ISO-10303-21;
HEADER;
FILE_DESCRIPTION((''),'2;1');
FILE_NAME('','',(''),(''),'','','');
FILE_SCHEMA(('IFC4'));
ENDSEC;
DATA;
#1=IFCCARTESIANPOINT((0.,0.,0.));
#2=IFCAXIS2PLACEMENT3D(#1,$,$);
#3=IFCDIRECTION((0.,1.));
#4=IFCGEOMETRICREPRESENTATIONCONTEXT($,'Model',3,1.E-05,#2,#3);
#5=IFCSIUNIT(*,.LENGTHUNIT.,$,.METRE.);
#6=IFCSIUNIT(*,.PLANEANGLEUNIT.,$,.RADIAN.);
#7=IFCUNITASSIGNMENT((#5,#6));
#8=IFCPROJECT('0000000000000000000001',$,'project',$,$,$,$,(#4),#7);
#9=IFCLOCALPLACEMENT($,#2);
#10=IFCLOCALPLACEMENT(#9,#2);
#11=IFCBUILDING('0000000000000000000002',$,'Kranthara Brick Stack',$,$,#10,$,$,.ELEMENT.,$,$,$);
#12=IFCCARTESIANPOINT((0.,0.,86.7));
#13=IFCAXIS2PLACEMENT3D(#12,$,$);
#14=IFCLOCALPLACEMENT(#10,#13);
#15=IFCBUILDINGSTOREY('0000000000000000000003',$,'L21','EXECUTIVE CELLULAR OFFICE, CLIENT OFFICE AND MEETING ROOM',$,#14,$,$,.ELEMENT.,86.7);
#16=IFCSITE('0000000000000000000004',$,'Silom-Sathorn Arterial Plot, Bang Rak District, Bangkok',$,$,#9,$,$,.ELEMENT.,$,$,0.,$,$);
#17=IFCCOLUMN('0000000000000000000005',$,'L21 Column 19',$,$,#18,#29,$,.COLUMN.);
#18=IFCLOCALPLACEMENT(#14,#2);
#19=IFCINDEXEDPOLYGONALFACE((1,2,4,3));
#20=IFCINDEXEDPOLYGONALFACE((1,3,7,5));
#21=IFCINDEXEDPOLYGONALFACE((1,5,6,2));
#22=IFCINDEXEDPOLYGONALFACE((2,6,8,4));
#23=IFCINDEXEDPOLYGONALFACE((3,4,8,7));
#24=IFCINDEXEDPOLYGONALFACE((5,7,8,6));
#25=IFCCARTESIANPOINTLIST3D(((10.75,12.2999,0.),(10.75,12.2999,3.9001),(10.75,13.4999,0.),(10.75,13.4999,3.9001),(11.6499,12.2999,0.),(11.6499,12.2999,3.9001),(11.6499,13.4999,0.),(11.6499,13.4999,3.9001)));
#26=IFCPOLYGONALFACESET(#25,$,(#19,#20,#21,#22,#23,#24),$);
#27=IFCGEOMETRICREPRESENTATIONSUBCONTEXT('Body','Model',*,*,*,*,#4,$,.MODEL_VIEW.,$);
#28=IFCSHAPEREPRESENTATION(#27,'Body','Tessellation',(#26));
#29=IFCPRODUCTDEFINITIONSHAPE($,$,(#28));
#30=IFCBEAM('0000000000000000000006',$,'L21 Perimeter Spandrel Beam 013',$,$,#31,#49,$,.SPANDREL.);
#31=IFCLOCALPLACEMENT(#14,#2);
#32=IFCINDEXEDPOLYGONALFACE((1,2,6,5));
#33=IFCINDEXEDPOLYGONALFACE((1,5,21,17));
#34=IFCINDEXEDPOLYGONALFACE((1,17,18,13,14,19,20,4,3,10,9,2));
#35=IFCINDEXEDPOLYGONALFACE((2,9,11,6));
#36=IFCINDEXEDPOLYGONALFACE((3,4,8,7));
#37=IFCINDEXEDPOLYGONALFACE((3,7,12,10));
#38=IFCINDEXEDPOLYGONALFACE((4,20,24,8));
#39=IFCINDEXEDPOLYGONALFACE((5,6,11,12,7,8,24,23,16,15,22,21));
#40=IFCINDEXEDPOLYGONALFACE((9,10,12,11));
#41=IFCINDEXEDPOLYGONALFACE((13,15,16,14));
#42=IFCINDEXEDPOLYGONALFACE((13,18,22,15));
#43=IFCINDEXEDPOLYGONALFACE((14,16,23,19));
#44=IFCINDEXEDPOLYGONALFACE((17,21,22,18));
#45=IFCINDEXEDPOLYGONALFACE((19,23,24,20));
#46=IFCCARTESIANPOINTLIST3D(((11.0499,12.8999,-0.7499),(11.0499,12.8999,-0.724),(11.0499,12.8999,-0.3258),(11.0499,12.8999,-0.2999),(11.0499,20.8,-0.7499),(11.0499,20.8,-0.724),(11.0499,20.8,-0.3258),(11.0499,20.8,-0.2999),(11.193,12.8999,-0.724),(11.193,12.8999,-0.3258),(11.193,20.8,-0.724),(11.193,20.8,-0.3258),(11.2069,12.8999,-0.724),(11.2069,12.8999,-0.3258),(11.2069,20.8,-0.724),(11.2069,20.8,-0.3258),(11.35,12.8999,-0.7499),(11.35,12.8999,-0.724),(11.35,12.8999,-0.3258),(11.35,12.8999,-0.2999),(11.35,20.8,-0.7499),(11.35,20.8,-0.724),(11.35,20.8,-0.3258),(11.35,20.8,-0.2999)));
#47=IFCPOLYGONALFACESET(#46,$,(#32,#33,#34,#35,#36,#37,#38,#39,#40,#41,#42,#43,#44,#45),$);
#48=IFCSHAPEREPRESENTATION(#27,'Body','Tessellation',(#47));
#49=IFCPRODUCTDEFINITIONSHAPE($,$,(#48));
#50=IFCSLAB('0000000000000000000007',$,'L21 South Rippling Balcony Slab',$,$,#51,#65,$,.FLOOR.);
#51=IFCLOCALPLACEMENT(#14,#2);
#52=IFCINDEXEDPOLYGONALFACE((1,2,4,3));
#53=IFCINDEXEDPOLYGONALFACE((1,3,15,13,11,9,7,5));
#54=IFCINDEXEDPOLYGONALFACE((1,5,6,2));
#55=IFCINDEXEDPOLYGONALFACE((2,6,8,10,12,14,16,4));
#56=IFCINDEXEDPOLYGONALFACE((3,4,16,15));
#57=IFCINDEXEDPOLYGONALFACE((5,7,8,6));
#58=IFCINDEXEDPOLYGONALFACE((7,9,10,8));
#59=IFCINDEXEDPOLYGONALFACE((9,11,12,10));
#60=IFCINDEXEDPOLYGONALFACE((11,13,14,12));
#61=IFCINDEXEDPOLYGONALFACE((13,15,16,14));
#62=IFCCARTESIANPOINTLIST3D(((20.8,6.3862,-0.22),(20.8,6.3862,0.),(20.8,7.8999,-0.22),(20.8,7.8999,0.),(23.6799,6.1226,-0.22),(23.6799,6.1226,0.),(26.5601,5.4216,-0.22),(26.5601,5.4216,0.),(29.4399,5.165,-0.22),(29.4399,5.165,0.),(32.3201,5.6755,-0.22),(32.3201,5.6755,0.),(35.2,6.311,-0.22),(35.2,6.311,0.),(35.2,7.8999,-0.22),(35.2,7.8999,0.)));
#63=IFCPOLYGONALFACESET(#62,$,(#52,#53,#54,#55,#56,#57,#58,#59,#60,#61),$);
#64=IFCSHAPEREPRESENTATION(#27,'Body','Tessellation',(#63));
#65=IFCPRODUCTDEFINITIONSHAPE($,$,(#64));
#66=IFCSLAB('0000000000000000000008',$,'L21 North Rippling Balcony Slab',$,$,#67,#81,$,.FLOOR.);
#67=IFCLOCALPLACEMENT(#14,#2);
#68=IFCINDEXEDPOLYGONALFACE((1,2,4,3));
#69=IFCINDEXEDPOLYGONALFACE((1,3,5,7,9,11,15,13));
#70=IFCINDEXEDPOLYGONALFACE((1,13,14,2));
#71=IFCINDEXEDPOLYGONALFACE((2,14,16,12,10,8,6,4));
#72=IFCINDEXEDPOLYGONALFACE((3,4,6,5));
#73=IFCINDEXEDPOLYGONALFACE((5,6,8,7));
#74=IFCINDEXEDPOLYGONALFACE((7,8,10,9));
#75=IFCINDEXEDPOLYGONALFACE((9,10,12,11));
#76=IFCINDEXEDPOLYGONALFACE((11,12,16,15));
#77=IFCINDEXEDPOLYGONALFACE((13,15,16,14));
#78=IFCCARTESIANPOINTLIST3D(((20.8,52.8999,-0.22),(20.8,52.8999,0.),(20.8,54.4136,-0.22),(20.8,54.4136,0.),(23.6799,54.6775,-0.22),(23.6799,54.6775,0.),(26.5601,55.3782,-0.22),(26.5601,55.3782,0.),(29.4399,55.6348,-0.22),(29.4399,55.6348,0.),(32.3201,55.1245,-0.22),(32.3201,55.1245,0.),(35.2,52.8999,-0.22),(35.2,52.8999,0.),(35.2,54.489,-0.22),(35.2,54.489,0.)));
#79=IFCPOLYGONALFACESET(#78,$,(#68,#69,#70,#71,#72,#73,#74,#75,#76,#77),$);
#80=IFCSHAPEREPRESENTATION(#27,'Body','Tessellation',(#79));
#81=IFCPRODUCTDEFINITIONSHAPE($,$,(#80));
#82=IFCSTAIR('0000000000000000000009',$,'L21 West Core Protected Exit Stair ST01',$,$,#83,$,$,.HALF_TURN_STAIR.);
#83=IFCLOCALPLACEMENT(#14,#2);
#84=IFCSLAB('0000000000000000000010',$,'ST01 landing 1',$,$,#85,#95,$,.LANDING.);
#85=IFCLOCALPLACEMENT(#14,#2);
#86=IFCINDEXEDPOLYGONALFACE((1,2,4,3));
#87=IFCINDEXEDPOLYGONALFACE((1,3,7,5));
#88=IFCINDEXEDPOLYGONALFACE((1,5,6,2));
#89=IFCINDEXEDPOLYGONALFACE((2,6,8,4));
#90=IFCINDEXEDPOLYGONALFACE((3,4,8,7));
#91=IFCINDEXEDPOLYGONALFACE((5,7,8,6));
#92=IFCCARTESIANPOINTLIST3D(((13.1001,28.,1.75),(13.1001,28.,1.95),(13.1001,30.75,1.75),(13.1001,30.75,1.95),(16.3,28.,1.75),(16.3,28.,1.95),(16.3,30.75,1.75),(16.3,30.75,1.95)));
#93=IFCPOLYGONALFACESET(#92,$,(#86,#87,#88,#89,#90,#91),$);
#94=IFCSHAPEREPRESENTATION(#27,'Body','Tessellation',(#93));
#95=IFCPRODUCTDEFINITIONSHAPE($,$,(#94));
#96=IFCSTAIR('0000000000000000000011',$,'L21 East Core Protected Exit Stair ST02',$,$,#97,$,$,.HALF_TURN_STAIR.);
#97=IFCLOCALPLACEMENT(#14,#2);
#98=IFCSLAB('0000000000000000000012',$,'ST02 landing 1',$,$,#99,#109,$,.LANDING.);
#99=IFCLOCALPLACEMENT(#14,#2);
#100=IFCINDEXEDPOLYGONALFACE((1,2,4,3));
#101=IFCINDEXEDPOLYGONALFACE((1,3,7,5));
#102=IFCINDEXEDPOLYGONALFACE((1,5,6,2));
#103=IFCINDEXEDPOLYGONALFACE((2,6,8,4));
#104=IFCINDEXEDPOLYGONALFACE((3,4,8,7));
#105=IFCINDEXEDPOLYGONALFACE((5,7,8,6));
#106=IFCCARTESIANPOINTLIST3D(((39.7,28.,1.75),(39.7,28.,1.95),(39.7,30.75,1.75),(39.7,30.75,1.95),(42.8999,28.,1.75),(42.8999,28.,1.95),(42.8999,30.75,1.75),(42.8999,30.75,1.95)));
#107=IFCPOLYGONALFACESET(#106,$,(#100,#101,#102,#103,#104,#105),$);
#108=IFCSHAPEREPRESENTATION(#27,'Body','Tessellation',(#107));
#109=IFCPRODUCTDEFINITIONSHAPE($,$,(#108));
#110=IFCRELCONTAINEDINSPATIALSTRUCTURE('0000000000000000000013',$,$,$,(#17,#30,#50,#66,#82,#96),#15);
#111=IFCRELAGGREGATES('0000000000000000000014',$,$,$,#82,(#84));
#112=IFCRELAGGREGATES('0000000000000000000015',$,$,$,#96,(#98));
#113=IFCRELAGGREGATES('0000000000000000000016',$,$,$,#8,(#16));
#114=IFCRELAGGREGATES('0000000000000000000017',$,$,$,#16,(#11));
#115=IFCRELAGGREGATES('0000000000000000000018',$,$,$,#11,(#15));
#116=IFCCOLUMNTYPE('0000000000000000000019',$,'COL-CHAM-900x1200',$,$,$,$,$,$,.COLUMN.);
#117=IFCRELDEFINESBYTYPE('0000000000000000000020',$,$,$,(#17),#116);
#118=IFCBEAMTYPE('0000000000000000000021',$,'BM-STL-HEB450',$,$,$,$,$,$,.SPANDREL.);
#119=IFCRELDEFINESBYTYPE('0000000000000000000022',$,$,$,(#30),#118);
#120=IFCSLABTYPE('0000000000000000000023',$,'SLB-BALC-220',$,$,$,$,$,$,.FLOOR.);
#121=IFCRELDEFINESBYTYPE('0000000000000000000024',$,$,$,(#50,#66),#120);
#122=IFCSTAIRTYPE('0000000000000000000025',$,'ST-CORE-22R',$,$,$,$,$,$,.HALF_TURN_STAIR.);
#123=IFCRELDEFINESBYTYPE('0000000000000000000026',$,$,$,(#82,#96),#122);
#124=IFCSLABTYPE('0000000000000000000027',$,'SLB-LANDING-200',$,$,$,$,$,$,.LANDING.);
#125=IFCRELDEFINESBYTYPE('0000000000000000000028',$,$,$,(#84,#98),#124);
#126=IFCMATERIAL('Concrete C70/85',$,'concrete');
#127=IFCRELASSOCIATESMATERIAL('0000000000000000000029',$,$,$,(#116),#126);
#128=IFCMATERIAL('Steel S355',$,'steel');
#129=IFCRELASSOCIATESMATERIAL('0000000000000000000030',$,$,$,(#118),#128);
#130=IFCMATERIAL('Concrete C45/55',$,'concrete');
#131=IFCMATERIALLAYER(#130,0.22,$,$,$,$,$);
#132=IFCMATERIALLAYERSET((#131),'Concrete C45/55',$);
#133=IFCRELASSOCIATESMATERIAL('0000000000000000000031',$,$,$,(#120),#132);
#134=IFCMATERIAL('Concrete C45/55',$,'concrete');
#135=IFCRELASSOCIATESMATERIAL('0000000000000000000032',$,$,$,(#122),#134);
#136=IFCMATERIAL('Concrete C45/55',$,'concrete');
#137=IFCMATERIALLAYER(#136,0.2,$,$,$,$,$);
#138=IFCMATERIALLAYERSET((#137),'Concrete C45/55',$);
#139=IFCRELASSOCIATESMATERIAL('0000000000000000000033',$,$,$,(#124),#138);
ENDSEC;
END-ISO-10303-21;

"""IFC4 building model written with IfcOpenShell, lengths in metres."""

from ifc_helpers import new_model, si_unit, direction, frame, origin, origin_2d, place, context, subcontext, project, spatial, polyline, rectangle, i_section, outline, extrude, material, layer, layer_set, material_profile, profile_set, type_object, element, aggregate, save


model = new_model("IFC4")

# Units and contexts
model_context = context("Model", 3, precision=1e-05, world=origin(), true_north=direction((0.0, 1.0)))
body_context = subcontext(model_context, "Body", "Model", "MODEL_VIEW")
ifc_project = project(units=[si_unit("LENGTHUNIT", "METRE"), si_unit("PLANEANGLEUNIT", "RADIAN")], contexts=[model_context])

# Site, building, storey
site_placement = place(None, origin())
site = spatial("IfcSite", under=ifc_project, at=site_placement, Name="Silom-Sathorn Arterial Plot, Bang Rak District, Bangkok", CompositionType="ELEMENT", RefElevation=0.0)
building_placement = place(site_placement, origin())
building = spatial("IfcBuilding", under=site, at=building_placement, Name="Kranthara Brick Stack", CompositionType="ELEMENT")
storey_placement = place(building_placement, frame((0.0, 0.0, 86.7)))
storey = spatial("IfcBuildingStorey", under=building, at=storey_placement, Name="L21", Description="EXECUTIVE CELLULAR OFFICE, CLIENT OFFICE AND MEETING ROOM", CompositionType="ELEMENT", Elevation=86.7)

# Column
ifc_material_1 = material(Name="Concrete C70/85", Category="concrete")
ifc_material_profile_1 = material_profile(ifc_material_1, rectangle(XDim=0.8999, YDim=1.2, at=origin_2d()), Name="RC 900x1200")
ifc_profile_set_1 = profile_set([ifc_material_profile_1], Name="Concrete C70/85")
column_type = type_object("IfcColumnType", Name="COL-CHAM-900x1200", PredefinedType="COLUMN", material=ifc_profile_set_1)
column_placement = place(storey_placement, frame((11.2, 12.8999, 0.0), z_axis=(0.0, 0.0, 1.0), x_axis=(1.0, 0.0, 0.0)))
element("IfcColumn", 1, at=column_placement, inside=storey, type_object=column_type, Name="L21 Column 19", PredefinedType="COLUMN", context=body_context, shape_type="SweptSolid", body=[
    extrude(rectangle(XDim=0.8999, YDim=1.2, at=origin_2d()), origin(), (0.0, 0.0, 1.0), 3.9001),
])

# Beam
ifc_material_2 = material(Name="Steel S355", Category="steel")
ifc_material_profile_2 = material_profile(ifc_material_2, i_section(OverallWidth=0.3, OverallDepth=0.45, WebThickness=0.0139, FlangeThickness=0.0259, at=origin_2d()), Name="HEB 450")
ifc_profile_set_2 = profile_set([ifc_material_profile_2], Name="Steel S355")
beam_type = type_object("IfcBeamType", Name="BM-STL-HEB450", PredefinedType="SPANDREL", material=ifc_profile_set_2)
beam_placement = place(storey_placement, frame((11.2, 12.8999, -0.5249), z_axis=(0.0, 1.0, 0.0), x_axis=(-1.0, 0.0, 0.0)))
element("IfcBeam", 2, at=beam_placement, inside=storey, type_object=beam_type, Name="L21 Perimeter Spandrel Beam 013", PredefinedType="SPANDREL", context=body_context, shape_type="SweptSolid", body=[
    extrude(i_section(OverallWidth=0.3, OverallDepth=0.45, WebThickness=0.0139, FlangeThickness=0.0259, at=origin_2d()), origin(), (0.0, 0.0, 1.0), 7.9001),
])

# Slabs
ifc_material_3 = material(Name="Concrete C45/55", Category="concrete")
ifc_layer_1 = layer(ifc_material_3, 0.22)
ifc_layer_set_1 = layer_set([ifc_layer_1], Name="Concrete C45/55")
slab_type_1 = type_object("IfcSlabType", Name="SLB-BALC-220", PredefinedType="FLOOR", material=ifc_layer_set_1)
slab_1_placement = place(storey_placement, frame((0.0, 0.0, -0.22)))
element("IfcSlab", 3, at=slab_1_placement, inside=storey, type_object=slab_type_1, Name="L21 South Rippling Balcony Slab", PredefinedType="FLOOR", context=body_context, shape_type="SweptSolid", body=[
    extrude(outline(polyline([(20.8, 7.8999), (35.2, 7.8999), (35.2, 6.311), (32.3201, 5.6755), (29.4399, 5.165), (26.5601, 5.4216), (23.6799, 6.1226), (20.8, 6.3862), (20.8, 7.8999)])), origin(), (0.0, 0.0, 1.0), 0.22),
])
slab_2_placement = place(storey_placement, frame((0.0, 0.0, -0.22)))
element("IfcSlab", 4, at=slab_2_placement, inside=storey, type_object=slab_type_1, Name="L21 North Rippling Balcony Slab", PredefinedType="FLOOR", context=body_context, shape_type="SweptSolid", body=[
    extrude(outline(polyline([(35.2, 52.8999), (20.8, 52.8999), (20.8, 54.4136), (23.6799, 54.6775), (26.5601, 55.3782), (29.4399, 55.6348), (32.3201, 55.1245), (35.2, 54.489), (35.2, 52.8999)])), origin(), (0.0, 0.0, 1.0), 0.22),
])

# Stairs, slabs
ifc_material_4 = material(Name="Concrete C45/55", Category="concrete")
stair_type = type_object("IfcStairType", Name="ST-CORE-22R", PredefinedType="HALF_TURN_STAIR", material=ifc_material_4)
stair_1_placement = place(storey_placement, origin())
stair_1 = element("IfcStair", 5, at=stair_1_placement, inside=storey, type_object=stair_type, Name="L21 West Core Protected Exit Stair ST01", PredefinedType="HALF_TURN_STAIR")
ifc_material_5 = material(Name="Concrete C45/55", Category="concrete")
ifc_layer_2 = layer(ifc_material_5, 0.2)
ifc_layer_set_2 = layer_set([ifc_layer_2], Name="Concrete C45/55")
slab_type_2 = type_object("IfcSlabType", Name="SLB-LANDING-200", PredefinedType="LANDING", material=ifc_layer_set_2)
slab_3_placement = place(storey_placement, frame((0.0, 0.0, 1.75)))
slab_3 = element("IfcSlab", 6, at=slab_3_placement, type_object=slab_type_2, Name="ST01 landing 1", PredefinedType="LANDING", context=body_context, shape_type="SweptSolid", body=[
    extrude(outline(polyline([(16.3, 28.0), (16.3, 30.75), (13.1001, 30.75), (13.1001, 28.0), (16.3, 28.0)])), origin(), (0.0, 0.0, 1.0), 0.2),
])
aggregate(stair_1, [slab_3])
stair_2_placement = place(storey_placement, origin())
stair_2 = element("IfcStair", 7, at=stair_2_placement, inside=storey, type_object=stair_type, Name="L21 East Core Protected Exit Stair ST02", PredefinedType="HALF_TURN_STAIR")
slab_4_placement = place(storey_placement, frame((0.0, 0.0, 1.75)))
slab_4 = element("IfcSlab", 8, at=slab_4_placement, type_object=slab_type_2, Name="ST02 landing 1", PredefinedType="LANDING", context=body_context, shape_type="SweptSolid", body=[
    extrude(outline(polyline([(42.8999, 28.0), (42.8999, 30.75), (39.7, 30.75), (39.7, 28.0), (42.8999, 28.0)])), origin(), (0.0, 0.0, 1.0), 0.2),
])
aggregate(stair_2, [slab_4])

save(model, "model.ifc")
